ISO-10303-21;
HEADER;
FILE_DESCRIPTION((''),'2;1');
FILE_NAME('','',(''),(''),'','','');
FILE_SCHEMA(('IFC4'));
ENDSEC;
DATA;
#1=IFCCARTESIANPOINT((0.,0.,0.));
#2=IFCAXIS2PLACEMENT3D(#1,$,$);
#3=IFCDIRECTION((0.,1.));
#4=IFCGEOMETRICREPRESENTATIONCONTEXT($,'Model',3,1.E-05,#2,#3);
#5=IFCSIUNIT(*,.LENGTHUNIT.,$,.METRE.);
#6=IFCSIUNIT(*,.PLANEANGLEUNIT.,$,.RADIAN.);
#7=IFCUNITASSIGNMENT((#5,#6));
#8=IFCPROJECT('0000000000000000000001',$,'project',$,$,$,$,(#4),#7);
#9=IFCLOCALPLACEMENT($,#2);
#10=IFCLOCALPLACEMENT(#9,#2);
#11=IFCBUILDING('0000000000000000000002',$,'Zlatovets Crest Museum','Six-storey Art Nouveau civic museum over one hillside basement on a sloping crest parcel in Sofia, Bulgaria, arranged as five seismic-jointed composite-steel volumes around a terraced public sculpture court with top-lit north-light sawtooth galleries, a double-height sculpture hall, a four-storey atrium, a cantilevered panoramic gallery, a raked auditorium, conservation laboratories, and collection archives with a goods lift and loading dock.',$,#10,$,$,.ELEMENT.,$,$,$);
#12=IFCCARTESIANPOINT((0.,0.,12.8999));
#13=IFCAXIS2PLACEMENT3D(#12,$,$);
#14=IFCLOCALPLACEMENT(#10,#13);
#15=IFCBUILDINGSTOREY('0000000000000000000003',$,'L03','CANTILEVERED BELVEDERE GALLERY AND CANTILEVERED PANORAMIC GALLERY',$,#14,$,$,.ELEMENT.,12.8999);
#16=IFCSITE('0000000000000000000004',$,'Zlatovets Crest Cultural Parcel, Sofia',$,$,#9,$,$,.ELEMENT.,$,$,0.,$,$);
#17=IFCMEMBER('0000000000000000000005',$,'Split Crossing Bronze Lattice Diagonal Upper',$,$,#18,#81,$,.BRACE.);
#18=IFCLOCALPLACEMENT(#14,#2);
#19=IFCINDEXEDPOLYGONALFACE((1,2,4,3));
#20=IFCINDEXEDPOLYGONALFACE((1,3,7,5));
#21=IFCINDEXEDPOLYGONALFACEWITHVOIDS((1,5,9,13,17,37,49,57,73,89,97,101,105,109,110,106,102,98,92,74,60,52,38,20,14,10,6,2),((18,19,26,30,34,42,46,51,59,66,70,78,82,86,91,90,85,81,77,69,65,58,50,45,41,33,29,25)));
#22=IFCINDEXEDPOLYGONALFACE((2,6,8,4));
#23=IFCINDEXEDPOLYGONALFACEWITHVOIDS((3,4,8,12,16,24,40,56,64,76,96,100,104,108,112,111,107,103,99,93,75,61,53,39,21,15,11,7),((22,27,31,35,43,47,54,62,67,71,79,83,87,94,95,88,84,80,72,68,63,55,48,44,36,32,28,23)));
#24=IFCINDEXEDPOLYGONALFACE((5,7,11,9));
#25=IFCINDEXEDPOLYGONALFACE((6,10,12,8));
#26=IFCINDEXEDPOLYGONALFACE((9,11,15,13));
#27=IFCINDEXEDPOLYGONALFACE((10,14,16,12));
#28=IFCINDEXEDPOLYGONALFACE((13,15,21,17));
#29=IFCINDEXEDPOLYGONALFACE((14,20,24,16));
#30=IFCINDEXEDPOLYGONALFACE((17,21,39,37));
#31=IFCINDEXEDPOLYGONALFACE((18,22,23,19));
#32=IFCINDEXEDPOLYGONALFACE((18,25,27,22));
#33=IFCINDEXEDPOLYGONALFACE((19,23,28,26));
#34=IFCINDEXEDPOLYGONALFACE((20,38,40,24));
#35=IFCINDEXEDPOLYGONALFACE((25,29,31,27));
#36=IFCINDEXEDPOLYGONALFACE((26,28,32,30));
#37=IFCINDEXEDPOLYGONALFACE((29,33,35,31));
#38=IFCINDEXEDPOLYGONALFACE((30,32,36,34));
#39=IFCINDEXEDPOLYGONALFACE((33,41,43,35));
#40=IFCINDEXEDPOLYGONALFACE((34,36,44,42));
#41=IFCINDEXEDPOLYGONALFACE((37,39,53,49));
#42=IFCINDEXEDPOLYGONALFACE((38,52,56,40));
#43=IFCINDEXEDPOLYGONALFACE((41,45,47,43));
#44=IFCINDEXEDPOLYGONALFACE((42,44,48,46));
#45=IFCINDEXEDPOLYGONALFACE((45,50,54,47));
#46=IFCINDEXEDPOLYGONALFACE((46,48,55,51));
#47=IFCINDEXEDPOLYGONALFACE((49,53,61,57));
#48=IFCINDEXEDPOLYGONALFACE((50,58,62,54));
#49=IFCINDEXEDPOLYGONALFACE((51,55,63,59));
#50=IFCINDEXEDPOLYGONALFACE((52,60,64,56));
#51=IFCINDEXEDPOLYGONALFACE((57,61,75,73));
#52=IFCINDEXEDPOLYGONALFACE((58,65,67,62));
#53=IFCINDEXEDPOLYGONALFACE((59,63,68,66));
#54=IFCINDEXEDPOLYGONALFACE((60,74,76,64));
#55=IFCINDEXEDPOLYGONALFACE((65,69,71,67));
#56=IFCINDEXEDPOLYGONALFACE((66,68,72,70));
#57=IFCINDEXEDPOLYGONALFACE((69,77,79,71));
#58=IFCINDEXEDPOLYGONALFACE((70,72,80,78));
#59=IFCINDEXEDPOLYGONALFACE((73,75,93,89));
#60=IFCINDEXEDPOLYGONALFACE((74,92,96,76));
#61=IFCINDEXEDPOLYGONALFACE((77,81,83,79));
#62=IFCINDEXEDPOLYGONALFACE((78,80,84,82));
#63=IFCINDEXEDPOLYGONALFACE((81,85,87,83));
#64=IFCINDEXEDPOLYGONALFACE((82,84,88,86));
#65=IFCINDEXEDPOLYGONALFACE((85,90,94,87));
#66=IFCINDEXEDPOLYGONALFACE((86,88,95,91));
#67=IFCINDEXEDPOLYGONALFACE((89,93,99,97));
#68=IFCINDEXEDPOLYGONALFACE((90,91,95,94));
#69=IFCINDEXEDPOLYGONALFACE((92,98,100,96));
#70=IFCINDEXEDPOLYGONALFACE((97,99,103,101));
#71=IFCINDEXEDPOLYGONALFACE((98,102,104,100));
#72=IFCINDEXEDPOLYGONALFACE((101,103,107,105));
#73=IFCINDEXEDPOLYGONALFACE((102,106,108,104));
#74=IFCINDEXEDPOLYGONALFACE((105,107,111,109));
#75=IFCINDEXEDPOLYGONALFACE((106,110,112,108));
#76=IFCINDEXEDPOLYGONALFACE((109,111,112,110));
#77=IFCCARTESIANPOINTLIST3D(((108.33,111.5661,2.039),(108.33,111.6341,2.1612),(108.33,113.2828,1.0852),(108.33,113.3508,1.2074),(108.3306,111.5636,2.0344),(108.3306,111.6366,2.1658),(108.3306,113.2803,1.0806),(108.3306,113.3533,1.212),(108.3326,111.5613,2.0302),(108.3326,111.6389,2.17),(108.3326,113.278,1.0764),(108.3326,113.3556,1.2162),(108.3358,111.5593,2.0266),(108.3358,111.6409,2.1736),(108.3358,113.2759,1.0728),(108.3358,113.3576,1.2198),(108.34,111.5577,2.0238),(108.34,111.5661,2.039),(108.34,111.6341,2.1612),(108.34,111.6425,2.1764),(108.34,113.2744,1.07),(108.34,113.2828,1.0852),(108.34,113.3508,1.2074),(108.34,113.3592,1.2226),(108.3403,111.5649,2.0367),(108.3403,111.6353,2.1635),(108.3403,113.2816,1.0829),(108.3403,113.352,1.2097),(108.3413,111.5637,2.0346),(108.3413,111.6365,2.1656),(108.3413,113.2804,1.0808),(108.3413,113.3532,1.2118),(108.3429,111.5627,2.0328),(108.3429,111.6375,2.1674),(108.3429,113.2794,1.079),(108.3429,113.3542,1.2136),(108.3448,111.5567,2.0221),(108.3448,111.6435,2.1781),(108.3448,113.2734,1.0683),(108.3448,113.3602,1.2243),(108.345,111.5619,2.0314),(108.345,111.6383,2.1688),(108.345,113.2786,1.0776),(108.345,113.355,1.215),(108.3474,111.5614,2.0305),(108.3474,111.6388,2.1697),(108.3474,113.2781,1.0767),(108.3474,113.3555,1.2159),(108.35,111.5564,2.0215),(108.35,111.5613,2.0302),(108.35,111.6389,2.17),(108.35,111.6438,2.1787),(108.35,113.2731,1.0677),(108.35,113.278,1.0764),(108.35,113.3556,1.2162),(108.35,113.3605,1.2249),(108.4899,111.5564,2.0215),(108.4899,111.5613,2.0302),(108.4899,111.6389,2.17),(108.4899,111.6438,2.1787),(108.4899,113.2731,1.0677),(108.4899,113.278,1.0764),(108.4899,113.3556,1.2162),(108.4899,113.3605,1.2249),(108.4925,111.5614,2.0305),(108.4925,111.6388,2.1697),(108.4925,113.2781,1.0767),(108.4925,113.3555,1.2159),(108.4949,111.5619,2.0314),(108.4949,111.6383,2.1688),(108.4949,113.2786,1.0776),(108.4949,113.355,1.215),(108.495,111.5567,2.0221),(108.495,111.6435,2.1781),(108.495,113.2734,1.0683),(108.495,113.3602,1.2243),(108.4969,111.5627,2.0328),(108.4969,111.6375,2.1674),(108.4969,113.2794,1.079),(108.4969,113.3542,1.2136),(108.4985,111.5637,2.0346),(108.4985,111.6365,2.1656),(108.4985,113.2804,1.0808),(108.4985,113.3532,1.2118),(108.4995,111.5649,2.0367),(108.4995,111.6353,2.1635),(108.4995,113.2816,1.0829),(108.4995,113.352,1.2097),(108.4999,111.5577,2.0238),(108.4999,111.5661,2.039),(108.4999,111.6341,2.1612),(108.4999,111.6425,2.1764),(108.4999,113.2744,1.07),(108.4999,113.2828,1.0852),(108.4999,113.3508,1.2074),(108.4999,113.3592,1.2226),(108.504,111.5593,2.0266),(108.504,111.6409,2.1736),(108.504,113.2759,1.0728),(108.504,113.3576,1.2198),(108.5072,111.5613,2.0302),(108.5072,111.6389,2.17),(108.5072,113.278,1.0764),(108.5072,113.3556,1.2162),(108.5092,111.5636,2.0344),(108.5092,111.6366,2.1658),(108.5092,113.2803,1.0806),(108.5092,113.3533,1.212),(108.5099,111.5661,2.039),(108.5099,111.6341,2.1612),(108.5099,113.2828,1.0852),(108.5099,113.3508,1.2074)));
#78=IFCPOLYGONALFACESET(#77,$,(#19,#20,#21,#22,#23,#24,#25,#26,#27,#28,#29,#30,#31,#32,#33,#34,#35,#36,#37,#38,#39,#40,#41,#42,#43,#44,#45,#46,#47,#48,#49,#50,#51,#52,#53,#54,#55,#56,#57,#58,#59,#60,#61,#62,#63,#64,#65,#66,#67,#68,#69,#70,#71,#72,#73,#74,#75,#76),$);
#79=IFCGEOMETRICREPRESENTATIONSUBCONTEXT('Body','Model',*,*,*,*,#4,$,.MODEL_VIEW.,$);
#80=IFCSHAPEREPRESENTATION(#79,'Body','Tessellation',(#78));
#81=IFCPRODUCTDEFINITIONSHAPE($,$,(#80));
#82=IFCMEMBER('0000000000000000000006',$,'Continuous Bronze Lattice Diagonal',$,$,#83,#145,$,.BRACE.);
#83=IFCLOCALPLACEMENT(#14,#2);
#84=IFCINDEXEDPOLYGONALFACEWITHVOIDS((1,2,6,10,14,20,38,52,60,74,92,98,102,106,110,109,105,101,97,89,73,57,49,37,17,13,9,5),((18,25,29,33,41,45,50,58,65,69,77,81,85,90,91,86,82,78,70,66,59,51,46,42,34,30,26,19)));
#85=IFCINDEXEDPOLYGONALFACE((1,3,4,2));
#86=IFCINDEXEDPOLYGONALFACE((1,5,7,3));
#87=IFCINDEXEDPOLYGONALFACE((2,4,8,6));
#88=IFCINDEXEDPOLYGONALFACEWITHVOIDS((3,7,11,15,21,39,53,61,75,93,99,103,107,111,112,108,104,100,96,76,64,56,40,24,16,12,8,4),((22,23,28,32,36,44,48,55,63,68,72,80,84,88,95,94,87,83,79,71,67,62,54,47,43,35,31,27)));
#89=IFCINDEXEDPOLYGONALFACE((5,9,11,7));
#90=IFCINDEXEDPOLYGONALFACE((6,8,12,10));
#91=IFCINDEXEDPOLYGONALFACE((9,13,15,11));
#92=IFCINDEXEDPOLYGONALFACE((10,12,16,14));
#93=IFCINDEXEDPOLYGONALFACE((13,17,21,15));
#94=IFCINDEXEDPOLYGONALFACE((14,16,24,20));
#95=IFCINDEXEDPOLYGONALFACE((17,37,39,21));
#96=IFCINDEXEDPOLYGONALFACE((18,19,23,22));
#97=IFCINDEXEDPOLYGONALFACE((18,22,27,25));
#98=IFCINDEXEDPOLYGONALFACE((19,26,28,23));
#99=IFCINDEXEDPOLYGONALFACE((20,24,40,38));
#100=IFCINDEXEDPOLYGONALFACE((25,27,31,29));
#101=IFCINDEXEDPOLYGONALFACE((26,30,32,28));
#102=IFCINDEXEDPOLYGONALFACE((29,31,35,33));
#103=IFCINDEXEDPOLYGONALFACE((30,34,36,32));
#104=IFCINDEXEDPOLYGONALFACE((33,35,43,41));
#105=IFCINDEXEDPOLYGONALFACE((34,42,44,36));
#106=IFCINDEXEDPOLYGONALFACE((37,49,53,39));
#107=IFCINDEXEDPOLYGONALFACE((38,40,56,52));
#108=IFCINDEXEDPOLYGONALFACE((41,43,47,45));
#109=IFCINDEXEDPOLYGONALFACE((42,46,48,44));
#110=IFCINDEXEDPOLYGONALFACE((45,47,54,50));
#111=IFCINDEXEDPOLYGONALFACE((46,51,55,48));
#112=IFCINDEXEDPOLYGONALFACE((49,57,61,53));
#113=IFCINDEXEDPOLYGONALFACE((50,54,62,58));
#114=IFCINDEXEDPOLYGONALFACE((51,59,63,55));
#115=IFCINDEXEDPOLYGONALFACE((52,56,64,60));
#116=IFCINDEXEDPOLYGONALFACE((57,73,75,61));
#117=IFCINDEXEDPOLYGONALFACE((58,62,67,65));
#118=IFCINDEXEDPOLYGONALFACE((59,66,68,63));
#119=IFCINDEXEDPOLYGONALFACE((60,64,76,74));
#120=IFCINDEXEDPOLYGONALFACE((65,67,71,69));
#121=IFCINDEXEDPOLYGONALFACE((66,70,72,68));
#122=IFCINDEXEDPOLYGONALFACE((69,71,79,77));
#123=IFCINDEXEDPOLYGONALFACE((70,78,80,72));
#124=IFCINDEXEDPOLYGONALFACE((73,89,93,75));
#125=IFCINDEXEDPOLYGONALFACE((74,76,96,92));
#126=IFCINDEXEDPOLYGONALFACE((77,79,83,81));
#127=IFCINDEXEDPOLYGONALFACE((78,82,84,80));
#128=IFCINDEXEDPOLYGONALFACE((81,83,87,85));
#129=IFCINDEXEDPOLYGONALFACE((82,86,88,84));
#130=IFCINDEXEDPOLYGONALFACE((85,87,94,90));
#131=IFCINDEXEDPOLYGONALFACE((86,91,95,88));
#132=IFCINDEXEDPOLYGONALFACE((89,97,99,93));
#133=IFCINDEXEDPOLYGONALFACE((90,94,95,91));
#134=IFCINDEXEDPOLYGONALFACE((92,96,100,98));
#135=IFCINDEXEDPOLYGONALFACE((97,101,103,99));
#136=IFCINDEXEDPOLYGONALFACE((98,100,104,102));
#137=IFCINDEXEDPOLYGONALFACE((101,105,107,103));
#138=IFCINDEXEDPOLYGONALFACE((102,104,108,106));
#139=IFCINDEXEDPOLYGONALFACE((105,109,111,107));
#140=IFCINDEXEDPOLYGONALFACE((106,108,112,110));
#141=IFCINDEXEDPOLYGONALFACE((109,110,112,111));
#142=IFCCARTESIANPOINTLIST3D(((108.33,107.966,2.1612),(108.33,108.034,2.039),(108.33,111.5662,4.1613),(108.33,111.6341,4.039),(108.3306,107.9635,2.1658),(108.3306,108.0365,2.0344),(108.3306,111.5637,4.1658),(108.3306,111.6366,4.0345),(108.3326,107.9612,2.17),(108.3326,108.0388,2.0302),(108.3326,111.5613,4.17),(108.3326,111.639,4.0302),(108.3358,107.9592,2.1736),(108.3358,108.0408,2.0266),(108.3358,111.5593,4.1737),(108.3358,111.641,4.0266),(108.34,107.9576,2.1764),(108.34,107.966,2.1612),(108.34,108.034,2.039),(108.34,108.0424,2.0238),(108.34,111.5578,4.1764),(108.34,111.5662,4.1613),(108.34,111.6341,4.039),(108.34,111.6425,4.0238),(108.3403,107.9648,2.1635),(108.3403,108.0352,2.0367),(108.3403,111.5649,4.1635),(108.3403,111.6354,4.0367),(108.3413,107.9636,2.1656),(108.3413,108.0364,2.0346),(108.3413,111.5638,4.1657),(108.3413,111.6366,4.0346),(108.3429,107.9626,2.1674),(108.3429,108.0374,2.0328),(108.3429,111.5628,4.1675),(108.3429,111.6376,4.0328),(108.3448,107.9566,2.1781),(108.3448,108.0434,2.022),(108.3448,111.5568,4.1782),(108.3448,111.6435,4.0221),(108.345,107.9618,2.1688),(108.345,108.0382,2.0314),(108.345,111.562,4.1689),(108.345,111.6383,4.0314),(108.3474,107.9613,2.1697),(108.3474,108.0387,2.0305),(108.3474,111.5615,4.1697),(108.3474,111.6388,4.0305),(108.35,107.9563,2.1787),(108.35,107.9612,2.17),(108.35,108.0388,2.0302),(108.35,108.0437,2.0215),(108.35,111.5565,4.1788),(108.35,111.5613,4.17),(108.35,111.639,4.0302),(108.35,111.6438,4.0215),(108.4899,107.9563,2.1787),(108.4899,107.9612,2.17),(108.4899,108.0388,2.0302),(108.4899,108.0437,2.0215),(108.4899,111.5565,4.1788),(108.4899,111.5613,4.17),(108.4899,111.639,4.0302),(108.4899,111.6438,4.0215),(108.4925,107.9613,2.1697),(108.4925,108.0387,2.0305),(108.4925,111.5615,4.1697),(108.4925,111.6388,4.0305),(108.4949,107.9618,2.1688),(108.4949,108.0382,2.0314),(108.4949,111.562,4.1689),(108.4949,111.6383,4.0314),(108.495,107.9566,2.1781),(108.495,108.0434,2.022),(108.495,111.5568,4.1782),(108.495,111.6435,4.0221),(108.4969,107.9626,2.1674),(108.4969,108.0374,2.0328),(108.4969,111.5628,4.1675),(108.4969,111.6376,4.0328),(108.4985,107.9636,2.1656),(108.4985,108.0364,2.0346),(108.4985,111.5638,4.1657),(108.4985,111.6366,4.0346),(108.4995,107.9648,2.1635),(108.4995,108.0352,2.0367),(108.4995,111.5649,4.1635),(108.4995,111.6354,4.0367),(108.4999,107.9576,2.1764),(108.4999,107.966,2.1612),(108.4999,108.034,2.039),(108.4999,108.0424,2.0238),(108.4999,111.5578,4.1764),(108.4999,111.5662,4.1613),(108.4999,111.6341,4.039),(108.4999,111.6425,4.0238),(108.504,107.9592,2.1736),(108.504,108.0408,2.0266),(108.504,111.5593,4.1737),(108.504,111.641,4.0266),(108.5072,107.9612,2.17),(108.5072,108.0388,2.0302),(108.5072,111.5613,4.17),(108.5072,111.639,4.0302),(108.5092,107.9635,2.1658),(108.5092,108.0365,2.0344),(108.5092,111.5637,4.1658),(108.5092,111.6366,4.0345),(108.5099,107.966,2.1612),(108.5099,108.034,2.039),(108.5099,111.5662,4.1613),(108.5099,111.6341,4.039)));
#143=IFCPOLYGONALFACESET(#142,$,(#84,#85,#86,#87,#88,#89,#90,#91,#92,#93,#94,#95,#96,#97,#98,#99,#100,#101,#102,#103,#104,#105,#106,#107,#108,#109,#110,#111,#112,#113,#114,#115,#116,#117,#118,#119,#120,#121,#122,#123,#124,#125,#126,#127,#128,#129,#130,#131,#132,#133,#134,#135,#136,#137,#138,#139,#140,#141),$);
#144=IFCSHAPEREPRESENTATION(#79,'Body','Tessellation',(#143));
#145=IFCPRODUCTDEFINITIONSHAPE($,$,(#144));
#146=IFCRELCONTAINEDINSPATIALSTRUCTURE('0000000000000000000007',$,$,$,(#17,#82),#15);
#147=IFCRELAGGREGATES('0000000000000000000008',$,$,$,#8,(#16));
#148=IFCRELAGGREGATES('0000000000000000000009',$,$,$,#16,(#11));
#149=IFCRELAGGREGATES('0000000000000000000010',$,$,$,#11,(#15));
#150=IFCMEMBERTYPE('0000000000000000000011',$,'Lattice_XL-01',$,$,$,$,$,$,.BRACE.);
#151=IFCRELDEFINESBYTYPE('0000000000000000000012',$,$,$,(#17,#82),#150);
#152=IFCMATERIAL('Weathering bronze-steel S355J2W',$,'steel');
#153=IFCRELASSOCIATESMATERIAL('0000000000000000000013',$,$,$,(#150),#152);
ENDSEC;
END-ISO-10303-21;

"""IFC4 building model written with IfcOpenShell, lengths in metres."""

from ifc_helpers import new_model, si_unit, direction, frame, origin, origin_2d, place, context, subcontext, project, spatial, hollow_rectangle, extrude, material, material_profile, profile_set, type_object, element, save


model = new_model("IFC4")

# Units and contexts
model_context = context("Model", 3, precision=1e-05, world=origin(), true_north=direction((0.0, 1.0)))
body_context = subcontext(model_context, "Body", "Model", "MODEL_VIEW")
ifc_project = project(units=[si_unit("LENGTHUNIT", "METRE"), si_unit("PLANEANGLEUNIT", "RADIAN")], contexts=[model_context])

# Site, building, storey
site_placement = place(None, origin())
site = spatial("IfcSite", under=ifc_project, at=site_placement, Name="Zlatovets Crest Cultural Parcel, Sofia", CompositionType="ELEMENT", RefElevation=0.0)
building_placement = place(site_placement, origin())
building = spatial("IfcBuilding", under=site, at=building_placement, Name="Zlatovets Crest Museum", Description="Six-storey Art Nouveau civic museum over one hillside basement on a sloping crest parcel in Sofia, Bulgaria, arranged as five seismic-jointed composite-steel volumes around a terraced public sculpture court with top-lit north-light sawtooth galleries, a double-height sculpture hall, a four-storey atrium, a cantilevered panoramic gallery, a raked auditorium, conservation laboratories, and collection archives with a goods lift and loading dock.", CompositionType="ELEMENT")
storey_placement = place(building_placement, frame((0.0, 0.0, 12.8999)))
storey = spatial("IfcBuildingStorey", under=building, at=storey_placement, Name="L03", Description="CANTILEVERED BELVEDERE GALLERY AND CANTILEVERED PANORAMIC GALLERY", CompositionType="ELEMENT", Elevation=12.8999)

# Members
ifc_material_1 = material(Name="Weathering bronze-steel S355J2W", Category="steel")
ifc_material_profile_1 = material_profile(ifc_material_1, hollow_rectangle(XDim=0.1799, YDim=0.1799, WallThickness=0.01, InnerFilletRadius=0.01, OuterFilletRadius=0.02, at=origin_2d()), Name="SHS 180x180x10.0")
ifc_profile_set_1 = profile_set([ifc_material_profile_1], Name="Weathering bronze-steel S355J2W")
member_type_1 = type_object("IfcMemberType", Name="Lattice_XL-01", PredefinedType="BRACE", material=ifc_profile_set_1)
member_1_placement = place(storey_placement, frame((108.4199, 111.6001, 2.1001), z_axis=(0.0, 0.87414, -0.485675), x_axis=(-1.0, 0.0, 0.0)))
element("IfcMember", 1, at=member_1_placement, inside=storey, type_object=member_type_1, Name="Split Crossing Bronze Lattice Diagonal Upper", PredefinedType="BRACE", context=body_context, shape_type="SweptSolid", body=[
    extrude(hollow_rectangle(XDim=0.1799, YDim=0.1799, WallThickness=0.01, InnerFilletRadius=0.01, OuterFilletRadius=0.02, at=origin_2d()), origin(), (0.0, 0.0, 1.0), 1.9639),
])
member_2_placement = place(storey_placement, frame((108.4199, 108.0, 2.1001), z_axis=(0.0, 0.874163, 0.485633), x_axis=(-1.0, 0.0, 0.0)))
element("IfcMember", 2, at=member_2_placement, inside=storey, type_object=member_type_1, Name="Continuous Bronze Lattice Diagonal", PredefinedType="BRACE", context=body_context, shape_type="SweptSolid", body=[
    extrude(hollow_rectangle(XDim=0.1799, YDim=0.1799, WallThickness=0.01, InnerFilletRadius=0.01, OuterFilletRadius=0.02, at=origin_2d()), origin(), (0.0, 0.0, 1.0), 4.1184),
])

save(model, "model.ifc")
